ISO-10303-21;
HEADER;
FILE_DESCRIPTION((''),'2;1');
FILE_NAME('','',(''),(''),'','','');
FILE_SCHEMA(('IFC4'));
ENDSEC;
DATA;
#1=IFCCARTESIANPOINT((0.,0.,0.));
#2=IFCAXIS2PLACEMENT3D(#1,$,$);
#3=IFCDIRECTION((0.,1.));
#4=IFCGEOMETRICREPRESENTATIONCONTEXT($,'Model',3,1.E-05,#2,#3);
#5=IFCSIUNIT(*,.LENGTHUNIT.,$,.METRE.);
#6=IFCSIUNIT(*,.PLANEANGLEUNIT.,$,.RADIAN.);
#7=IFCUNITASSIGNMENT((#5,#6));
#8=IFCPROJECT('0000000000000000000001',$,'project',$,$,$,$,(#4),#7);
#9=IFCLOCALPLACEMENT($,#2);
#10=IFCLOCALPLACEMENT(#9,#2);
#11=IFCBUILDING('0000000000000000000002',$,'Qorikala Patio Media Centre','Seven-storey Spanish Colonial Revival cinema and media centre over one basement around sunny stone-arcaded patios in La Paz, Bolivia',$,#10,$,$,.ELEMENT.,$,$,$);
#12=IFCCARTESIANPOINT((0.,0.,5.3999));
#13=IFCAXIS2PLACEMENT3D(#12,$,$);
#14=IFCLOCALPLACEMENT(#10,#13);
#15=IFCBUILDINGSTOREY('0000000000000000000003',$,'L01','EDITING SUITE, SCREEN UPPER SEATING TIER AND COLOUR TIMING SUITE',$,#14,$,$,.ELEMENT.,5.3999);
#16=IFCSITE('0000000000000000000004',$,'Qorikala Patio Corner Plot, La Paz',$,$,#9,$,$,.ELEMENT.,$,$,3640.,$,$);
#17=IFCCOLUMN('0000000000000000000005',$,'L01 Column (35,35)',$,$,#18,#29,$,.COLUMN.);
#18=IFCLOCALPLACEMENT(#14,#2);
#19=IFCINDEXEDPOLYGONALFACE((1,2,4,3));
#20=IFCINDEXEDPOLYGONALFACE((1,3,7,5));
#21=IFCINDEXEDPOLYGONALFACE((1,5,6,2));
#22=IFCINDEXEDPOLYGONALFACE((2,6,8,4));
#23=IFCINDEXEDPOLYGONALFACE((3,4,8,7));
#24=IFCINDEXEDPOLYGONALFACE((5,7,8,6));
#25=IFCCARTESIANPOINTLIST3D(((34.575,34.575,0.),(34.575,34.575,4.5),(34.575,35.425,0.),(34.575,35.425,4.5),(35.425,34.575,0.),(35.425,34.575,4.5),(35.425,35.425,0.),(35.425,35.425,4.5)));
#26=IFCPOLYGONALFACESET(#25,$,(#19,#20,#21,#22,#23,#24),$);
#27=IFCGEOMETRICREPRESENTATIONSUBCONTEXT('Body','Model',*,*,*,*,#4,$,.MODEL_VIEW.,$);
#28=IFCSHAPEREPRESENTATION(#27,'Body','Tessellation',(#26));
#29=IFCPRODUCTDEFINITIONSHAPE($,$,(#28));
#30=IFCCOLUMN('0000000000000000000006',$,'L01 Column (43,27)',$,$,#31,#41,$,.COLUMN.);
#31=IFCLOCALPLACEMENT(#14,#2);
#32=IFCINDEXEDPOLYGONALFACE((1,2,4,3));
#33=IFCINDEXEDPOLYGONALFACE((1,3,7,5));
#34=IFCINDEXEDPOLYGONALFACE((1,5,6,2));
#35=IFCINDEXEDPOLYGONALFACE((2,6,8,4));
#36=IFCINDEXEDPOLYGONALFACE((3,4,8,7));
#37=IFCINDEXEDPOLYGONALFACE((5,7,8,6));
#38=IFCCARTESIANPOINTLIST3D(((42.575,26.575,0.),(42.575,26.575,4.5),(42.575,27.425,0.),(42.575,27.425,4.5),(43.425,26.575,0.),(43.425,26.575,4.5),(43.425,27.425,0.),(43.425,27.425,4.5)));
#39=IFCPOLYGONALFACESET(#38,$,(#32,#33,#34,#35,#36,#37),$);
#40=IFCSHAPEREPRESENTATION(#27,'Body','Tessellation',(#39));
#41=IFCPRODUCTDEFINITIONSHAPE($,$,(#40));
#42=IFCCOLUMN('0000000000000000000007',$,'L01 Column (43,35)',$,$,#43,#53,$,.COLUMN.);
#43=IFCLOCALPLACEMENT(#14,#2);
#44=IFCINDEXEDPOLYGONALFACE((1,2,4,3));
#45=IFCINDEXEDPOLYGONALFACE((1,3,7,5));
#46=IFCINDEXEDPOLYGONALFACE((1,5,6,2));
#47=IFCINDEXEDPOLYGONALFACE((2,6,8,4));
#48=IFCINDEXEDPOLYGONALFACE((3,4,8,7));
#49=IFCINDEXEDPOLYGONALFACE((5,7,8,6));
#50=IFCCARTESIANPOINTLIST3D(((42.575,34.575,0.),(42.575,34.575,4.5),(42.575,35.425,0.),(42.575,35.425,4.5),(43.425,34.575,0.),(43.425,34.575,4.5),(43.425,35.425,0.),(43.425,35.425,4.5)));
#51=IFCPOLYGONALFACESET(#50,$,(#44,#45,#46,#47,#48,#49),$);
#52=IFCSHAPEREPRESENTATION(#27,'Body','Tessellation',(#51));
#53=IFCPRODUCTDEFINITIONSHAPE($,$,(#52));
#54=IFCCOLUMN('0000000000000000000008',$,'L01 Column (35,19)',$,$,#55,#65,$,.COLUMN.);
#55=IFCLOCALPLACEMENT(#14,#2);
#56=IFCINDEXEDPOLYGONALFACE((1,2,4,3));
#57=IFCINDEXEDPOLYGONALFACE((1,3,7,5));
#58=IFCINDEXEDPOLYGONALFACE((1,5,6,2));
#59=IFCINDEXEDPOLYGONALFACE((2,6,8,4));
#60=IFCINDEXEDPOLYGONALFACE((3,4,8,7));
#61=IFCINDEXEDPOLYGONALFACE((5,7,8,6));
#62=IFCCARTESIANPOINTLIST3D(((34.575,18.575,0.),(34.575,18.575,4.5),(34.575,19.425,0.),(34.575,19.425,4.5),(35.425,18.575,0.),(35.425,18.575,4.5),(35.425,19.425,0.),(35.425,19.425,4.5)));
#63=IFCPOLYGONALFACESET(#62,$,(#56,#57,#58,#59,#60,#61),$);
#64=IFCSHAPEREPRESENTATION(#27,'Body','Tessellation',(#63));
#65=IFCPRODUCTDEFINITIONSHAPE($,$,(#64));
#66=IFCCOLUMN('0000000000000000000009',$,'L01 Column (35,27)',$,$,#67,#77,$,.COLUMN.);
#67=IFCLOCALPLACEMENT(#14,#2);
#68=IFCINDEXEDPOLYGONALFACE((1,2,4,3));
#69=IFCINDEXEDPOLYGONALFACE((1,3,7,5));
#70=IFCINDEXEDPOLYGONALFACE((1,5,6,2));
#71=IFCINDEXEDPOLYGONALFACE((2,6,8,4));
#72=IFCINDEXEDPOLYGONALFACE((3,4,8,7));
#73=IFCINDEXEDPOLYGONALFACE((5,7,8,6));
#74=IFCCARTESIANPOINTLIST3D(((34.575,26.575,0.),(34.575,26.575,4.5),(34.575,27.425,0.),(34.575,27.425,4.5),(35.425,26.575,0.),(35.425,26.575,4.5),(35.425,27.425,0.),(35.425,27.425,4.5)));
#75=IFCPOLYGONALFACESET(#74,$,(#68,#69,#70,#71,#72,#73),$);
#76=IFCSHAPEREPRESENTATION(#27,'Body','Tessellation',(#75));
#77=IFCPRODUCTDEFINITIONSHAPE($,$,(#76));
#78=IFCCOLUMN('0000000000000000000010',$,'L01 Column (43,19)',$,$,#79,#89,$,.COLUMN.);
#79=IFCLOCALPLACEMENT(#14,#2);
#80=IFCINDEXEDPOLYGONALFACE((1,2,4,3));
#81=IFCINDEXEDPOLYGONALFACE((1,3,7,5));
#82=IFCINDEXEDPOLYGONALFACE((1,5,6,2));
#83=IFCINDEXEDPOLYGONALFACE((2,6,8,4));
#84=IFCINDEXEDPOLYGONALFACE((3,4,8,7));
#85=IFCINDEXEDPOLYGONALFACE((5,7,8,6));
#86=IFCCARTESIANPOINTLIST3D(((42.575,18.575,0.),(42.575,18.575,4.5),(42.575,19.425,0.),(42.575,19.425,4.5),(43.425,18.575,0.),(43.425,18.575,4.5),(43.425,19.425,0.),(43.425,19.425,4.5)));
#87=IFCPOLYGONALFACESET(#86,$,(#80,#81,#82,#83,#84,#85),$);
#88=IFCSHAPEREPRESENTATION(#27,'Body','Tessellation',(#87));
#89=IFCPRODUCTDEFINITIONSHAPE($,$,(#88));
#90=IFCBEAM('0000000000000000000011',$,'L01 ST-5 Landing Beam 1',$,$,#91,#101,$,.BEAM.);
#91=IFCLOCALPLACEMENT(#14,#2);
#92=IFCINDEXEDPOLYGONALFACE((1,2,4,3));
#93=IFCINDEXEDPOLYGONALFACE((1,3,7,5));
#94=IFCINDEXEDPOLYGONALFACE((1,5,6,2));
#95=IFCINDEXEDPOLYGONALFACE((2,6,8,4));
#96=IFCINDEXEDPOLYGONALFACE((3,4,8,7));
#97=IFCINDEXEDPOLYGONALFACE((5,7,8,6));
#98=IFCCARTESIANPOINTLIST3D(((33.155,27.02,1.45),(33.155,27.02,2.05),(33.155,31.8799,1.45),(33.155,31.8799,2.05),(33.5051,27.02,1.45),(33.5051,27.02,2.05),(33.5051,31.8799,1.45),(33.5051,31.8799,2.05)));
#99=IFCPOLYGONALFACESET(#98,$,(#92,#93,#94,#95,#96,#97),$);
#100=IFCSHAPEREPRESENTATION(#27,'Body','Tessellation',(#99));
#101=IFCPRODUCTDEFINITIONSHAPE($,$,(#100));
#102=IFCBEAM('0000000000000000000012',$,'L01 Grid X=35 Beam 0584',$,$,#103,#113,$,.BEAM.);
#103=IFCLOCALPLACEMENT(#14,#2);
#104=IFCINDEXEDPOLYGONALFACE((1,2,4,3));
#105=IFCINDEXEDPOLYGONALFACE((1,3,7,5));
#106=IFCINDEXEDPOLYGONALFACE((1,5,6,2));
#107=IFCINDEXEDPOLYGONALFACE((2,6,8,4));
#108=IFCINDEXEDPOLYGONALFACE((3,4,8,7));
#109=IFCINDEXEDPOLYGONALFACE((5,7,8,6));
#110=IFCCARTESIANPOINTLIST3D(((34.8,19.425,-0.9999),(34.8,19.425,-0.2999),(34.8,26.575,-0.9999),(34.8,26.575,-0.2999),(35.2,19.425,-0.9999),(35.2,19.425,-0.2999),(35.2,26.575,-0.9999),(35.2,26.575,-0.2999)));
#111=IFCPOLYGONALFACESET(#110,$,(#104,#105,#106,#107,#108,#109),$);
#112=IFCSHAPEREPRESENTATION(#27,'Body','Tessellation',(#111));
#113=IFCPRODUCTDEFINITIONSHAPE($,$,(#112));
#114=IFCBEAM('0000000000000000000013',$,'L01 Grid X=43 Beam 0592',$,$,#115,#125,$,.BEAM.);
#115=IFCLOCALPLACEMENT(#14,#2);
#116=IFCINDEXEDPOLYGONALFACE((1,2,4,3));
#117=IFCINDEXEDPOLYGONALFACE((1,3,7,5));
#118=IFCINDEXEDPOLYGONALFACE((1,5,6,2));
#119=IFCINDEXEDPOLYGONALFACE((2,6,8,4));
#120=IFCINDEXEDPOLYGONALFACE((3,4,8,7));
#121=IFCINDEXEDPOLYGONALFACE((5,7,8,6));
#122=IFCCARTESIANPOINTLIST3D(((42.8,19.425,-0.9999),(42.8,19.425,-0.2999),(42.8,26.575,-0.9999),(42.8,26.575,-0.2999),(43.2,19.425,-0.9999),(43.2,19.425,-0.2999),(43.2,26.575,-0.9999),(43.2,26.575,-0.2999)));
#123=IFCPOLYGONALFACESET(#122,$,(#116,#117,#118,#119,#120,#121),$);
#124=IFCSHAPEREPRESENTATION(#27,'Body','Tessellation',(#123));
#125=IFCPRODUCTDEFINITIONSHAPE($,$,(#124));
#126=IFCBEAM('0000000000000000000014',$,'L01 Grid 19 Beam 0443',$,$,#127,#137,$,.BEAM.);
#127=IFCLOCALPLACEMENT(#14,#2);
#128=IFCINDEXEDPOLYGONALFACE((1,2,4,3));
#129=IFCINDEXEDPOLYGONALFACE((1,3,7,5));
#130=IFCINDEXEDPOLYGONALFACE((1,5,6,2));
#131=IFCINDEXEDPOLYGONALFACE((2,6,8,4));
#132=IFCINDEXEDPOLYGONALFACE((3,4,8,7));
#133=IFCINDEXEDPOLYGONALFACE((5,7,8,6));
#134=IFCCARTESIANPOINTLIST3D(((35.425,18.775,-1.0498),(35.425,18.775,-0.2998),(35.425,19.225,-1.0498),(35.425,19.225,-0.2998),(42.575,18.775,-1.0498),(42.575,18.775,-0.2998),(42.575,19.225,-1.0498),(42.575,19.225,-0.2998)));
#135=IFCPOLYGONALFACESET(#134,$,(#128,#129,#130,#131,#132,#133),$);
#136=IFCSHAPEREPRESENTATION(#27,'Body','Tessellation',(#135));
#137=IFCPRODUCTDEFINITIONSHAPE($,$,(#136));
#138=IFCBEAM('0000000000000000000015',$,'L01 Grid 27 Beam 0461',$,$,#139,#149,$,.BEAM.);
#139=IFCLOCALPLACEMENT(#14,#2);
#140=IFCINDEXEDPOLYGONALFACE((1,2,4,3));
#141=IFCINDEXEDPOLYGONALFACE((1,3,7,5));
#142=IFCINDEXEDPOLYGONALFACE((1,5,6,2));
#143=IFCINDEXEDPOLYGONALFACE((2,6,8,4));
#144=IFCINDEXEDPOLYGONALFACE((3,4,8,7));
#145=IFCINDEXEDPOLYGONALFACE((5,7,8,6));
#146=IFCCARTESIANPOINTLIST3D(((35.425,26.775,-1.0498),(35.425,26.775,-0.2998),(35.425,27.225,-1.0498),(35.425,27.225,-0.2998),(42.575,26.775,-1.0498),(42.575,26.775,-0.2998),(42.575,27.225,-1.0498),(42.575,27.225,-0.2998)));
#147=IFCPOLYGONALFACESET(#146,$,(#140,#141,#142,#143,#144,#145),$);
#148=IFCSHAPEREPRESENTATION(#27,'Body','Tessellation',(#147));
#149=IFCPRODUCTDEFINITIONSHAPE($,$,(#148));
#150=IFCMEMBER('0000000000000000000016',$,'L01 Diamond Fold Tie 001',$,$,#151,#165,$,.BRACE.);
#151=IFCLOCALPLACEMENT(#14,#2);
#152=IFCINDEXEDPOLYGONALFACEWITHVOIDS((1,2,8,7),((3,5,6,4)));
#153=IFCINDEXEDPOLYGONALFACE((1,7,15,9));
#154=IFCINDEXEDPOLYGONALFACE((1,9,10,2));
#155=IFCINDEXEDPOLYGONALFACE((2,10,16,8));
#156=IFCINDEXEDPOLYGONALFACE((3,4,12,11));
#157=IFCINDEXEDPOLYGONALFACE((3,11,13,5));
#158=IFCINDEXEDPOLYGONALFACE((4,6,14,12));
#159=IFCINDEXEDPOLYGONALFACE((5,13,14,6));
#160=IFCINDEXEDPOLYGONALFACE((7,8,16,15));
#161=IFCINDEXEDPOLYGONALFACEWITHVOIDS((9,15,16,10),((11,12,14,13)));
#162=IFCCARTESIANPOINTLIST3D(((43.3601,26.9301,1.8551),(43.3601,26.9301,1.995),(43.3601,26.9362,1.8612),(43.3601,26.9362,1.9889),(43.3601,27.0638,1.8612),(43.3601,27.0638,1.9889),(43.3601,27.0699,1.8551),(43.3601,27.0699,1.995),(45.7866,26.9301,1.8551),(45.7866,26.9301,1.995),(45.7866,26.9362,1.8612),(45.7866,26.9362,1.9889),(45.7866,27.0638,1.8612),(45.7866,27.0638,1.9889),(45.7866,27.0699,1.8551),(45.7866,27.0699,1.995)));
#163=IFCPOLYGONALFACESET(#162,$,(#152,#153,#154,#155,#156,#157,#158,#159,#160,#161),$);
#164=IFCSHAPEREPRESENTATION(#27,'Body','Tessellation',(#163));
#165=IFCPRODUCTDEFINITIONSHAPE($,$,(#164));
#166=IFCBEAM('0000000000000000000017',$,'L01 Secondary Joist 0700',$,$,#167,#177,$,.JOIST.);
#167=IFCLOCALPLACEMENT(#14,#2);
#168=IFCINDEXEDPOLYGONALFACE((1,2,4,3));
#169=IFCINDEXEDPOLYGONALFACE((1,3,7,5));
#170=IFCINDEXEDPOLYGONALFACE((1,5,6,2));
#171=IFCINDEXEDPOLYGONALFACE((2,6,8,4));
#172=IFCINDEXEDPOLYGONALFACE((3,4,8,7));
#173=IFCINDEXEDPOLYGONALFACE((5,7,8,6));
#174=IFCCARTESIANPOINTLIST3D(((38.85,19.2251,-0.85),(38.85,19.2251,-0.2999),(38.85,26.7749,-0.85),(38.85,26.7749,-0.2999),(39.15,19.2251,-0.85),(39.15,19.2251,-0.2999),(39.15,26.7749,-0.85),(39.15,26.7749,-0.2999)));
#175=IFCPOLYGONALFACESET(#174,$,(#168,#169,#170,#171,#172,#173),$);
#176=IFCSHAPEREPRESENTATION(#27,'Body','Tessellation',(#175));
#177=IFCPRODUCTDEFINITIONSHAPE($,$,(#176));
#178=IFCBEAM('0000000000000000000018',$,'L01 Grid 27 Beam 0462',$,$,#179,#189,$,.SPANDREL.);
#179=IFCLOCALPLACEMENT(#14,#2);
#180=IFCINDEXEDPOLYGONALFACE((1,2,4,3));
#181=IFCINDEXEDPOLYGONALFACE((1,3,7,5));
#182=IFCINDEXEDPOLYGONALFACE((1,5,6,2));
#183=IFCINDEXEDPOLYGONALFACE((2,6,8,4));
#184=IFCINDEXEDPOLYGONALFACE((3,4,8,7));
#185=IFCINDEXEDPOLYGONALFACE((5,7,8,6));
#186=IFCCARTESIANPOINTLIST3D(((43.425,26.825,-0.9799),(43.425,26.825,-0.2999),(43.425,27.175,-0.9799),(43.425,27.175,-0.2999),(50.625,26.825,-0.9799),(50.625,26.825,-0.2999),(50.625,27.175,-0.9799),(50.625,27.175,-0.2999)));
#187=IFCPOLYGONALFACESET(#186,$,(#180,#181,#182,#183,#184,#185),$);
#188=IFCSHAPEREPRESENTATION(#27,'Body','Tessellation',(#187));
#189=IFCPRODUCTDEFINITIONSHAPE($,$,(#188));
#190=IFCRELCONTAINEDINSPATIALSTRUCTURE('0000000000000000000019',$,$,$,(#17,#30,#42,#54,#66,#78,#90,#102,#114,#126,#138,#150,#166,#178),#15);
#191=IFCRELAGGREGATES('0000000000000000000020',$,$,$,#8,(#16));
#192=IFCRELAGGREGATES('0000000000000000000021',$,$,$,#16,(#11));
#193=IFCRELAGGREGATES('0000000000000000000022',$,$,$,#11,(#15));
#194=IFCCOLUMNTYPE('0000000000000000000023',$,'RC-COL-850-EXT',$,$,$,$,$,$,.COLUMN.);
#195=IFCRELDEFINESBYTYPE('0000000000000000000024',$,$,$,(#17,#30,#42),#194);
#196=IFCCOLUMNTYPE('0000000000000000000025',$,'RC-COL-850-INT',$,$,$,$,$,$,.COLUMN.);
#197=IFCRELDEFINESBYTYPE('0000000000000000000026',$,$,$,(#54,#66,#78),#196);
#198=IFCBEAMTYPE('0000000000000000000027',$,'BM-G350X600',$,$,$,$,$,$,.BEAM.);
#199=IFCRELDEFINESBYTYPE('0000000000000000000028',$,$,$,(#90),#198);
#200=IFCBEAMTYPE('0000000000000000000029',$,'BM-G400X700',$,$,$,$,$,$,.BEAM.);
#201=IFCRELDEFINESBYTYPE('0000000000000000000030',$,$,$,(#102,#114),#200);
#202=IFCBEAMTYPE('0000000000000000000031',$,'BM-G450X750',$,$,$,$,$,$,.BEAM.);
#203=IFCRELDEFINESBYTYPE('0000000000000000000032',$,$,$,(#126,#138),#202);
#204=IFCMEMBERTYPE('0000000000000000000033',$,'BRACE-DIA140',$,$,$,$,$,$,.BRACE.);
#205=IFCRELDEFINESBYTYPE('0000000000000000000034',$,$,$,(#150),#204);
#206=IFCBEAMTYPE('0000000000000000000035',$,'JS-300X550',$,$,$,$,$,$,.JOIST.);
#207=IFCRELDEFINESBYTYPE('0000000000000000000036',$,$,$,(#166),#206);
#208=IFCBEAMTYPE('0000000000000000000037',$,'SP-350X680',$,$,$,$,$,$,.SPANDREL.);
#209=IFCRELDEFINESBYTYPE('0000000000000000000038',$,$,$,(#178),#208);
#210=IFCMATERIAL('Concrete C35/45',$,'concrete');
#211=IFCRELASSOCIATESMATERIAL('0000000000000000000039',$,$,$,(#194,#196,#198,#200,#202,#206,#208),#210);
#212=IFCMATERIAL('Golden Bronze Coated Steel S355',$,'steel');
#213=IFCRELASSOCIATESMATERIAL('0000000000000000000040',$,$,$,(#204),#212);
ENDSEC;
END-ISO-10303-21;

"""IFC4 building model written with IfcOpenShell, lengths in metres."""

from ifc_helpers import new_model, si_unit, direction, frame, origin, origin_2d, place, context, subcontext, project, spatial, rectangle, hollow_rectangle, extrude, material, material_profile, profile_set, type_object, element, save


model = new_model("IFC4")

# Units and contexts
model_context = context("Model", 3, precision=1e-05, world=origin(), true_north=direction((0.0, 1.0)))
body_context = subcontext(model_context, "Body", "Model", "MODEL_VIEW")
ifc_project = project(units=[si_unit("LENGTHUNIT", "METRE"), si_unit("PLANEANGLEUNIT", "RADIAN")], contexts=[model_context])

# Site, building, storey
site_placement = place(None, origin())
site = spatial("IfcSite", under=ifc_project, at=site_placement, Name="Qorikala Patio Corner Plot, La Paz", CompositionType="ELEMENT", RefElevation=3640.0)
building_placement = place(site_placement, origin())
building = spatial("IfcBuilding", under=site, at=building_placement, Name="Qorikala Patio Media Centre", Description="Seven-storey Spanish Colonial Revival cinema and media centre over one basement around sunny stone-arcaded patios in La Paz, Bolivia", CompositionType="ELEMENT")
storey_placement = place(building_placement, frame((0.0, 0.0, 5.3999)))
storey = spatial("IfcBuildingStorey", under=building, at=storey_placement, Name="L01", Description="EDITING SUITE, SCREEN UPPER SEATING TIER AND COLOUR TIMING SUITE", CompositionType="ELEMENT", Elevation=5.3999)

# Columns
ifc_material_1 = material(Name="Concrete C35/45", Category="concrete")
ifc_material_profile_1 = material_profile(ifc_material_1, rectangle(XDim=0.8501, YDim=0.8501, at=origin_2d()), Name="RC 850x850")
ifc_profile_set_1 = profile_set([ifc_material_profile_1], Name="Concrete C35/45")
column_type_1 = type_object("IfcColumnType", Name="RC-COL-850-EXT", PredefinedType="COLUMN", material=ifc_profile_set_1)
for number, where, z_axis, x_axis, name in (
    (1, (35.0, 35.0, 0.0), (0.0, 0.0, 1.0), (1.0, 0.0, 0.0), "L01 Column (35,35)"),
    (2, (43.0, 27.0, 0.0), (0.0, 0.0, 1.0), (1.0, 0.0, 0.0), "L01 Column (43,27)"),
    (3, (43.0, 35.0, 0.0), (0.0, 0.0, 1.0), (1.0, 0.0, 0.0), "L01 Column (43,35)"),
):
    element("IfcColumn", number, at=place(storey_placement, frame(where, z_axis=z_axis, x_axis=x_axis)), inside=storey, type_object=column_type_1, Name=name, PredefinedType="COLUMN", context=body_context, shape_type="SweptSolid", body=[
        extrude(rectangle(XDim=0.8501, YDim=0.8501, at=origin_2d()), origin(), (0.0, 0.0, 1.0), 4.5),
    ])
ifc_material_profile_2 = material_profile(ifc_material_1, rectangle(XDim=0.8501, YDim=0.8501, at=origin_2d()), Name="RC 850x850")
ifc_profile_set_2 = profile_set([ifc_material_profile_2], Name="Concrete C35/45")
column_type_2 = type_object("IfcColumnType", Name="RC-COL-850-INT", PredefinedType="COLUMN", material=ifc_profile_set_2)
for number, where, z_axis, x_axis, name in (
    (4, (35.0, 19.0, 0.0), (0.0, 0.0, 1.0), (1.0, 0.0, 0.0), "L01 Column (35,19)"),
    (5, (35.0, 27.0, 0.0), (0.0, 0.0, 1.0), (1.0, 0.0, 0.0), "L01 Column (35,27)"),
    (6, (43.0, 19.0, 0.0), (0.0, 0.0, 1.0), (1.0, 0.0, 0.0), "L01 Column (43,19)"),
):
    element("IfcColumn", number, at=place(storey_placement, frame(where, z_axis=z_axis, x_axis=x_axis)), inside=storey, type_object=column_type_2, Name=name, PredefinedType="COLUMN", context=body_context, shape_type="SweptSolid", body=[
        extrude(rectangle(XDim=0.8501, YDim=0.8501, at=origin_2d()), origin(), (0.0, 0.0, 1.0), 4.5),
    ])

# Beams
ifc_material_profile_3 = material_profile(ifc_material_1, rectangle(XDim=0.3501, YDim=0.6001, at=origin_2d()), Name="RC 350x600")
ifc_profile_set_3 = profile_set([ifc_material_profile_3], Name="Concrete C35/45")
beam_type_1 = type_object("IfcBeamType", Name="BM-G350X600", PredefinedType="BEAM", material=ifc_profile_set_3)
beam_1_placement = place(storey_placement, frame((33.3301, 27.02, 1.75), z_axis=(0.0, 1.0, 0.0), x_axis=(-1.0, 0.0, 0.0)))
element("IfcBeam", 7, at=beam_1_placement, inside=storey, type_object=beam_type_1, Name="L01 ST-5 Landing Beam 1", PredefinedType="BEAM", context=body_context, shape_type="SweptSolid", body=[
    extrude(rectangle(XDim=0.3501, YDim=0.6001, at=origin_2d()), origin(), (0.0, 0.0, 1.0), 4.8599),
])
ifc_material_profile_4 = material_profile(ifc_material_1, rectangle(XDim=0.3999, YDim=0.7, at=origin_2d()), Name="RC 400x700")
ifc_profile_set_4 = profile_set([ifc_material_profile_4], Name="Concrete C35/45")
beam_type_2 = type_object("IfcBeamType", Name="BM-G400X700", PredefinedType="BEAM", material=ifc_profile_set_4)
for number, where, z_axis, x_axis, name in (
    (8, (35.0, 19.425, -0.6499), (0.0, 1.0, 0.0), (-1.0, 0.0, 0.0), "L01 Grid X=35 Beam 0584"),
    (9, (43.0, 19.425, -0.6499), (0.0, 1.0, 0.0), (-1.0, 0.0, 0.0), "L01 Grid X=43 Beam 0592"),
):
    element("IfcBeam", number, at=place(storey_placement, frame(where, z_axis=z_axis, x_axis=x_axis)), inside=storey, type_object=beam_type_2, Name=name, PredefinedType="BEAM", context=body_context, shape_type="SweptSolid", body=[
        extrude(rectangle(XDim=0.3999, YDim=0.7, at=origin_2d()), origin(), (0.0, 0.0, 1.0), 7.1499),
    ])
ifc_material_profile_5 = material_profile(ifc_material_1, rectangle(XDim=0.45, YDim=0.75, at=origin_2d()), Name="RC 450x750")
ifc_profile_set_5 = profile_set([ifc_material_profile_5], Name="Concrete C35/45")
beam_type_3 = type_object("IfcBeamType", Name="BM-G450X750", PredefinedType="BEAM", material=ifc_profile_set_5)
for number, where, z_axis, x_axis, name in (
    (10, (35.425, 19.0, -0.6748), (1.0, 0.0, 0.0), (0.0, 1.0, 0.0), "L01 Grid 19 Beam 0443"),
    (11, (35.425, 27.0, -0.6748), (1.0, 0.0, 0.0), (0.0, 1.0, 0.0), "L01 Grid 27 Beam 0461"),
):
    element("IfcBeam", number, at=place(storey_placement, frame(where, z_axis=z_axis, x_axis=x_axis)), inside=storey, type_object=beam_type_3, Name=name, PredefinedType="BEAM", context=body_context, shape_type="SweptSolid", body=[
        extrude(rectangle(XDim=0.45, YDim=0.75, at=origin_2d()), origin(), (0.0, 0.0, 1.0), 7.1499),
    ])

# Member
ifc_material_2 = material(Name="Golden Bronze Coated Steel S355", Category="steel")
ifc_material_profile_6 = material_profile(ifc_material_2, hollow_rectangle(XDim=0.1399, YDim=0.1399, WallThickness=0.0061, at=origin_2d()), Name="HSS140X140X6")
ifc_profile_set_6 = profile_set([ifc_material_profile_6], Name="Golden Bronze Coated Steel S355")
member_type_1 = type_object("IfcMemberType", Name="BRACE-DIA140", PredefinedType="BRACE", material=ifc_profile_set_6)
member_1_placement = place(storey_placement, frame((43.3601, 27.0, 1.925), z_axis=(1.0, 0.0, 0.0), x_axis=(0.0, 1.0, 0.0)))
element("IfcMember", 12, at=member_1_placement, inside=storey, type_object=member_type_1, Name="L01 Diamond Fold Tie 001", PredefinedType="BRACE", context=body_context, shape_type="SweptSolid", body=[
    extrude(hollow_rectangle(XDim=0.1399, YDim=0.1399, WallThickness=0.0061, at=origin_2d()), origin(), (0.0, 0.0, 1.0), 2.4265),
])

# Beams
ifc_material_profile_7 = material_profile(ifc_material_1, rectangle(XDim=0.3, YDim=0.55, at=origin_2d()), Name="RC 300x550")
ifc_profile_set_7 = profile_set([ifc_material_profile_7], Name="Concrete C35/45")
beam_type_4 = type_object("IfcBeamType", Name="JS-300X550", PredefinedType="JOIST", material=ifc_profile_set_7)
beam_2_placement = place(storey_placement, frame((39.0, 19.2251, -0.575), z_axis=(0.0, 1.0, 0.0), x_axis=(-1.0, 0.0, 0.0)))
element("IfcBeam", 13, at=beam_2_placement, inside=storey, type_object=beam_type_4, Name="L01 Secondary Joist 0700", PredefinedType="JOIST", context=body_context, shape_type="SweptSolid", body=[
    extrude(rectangle(XDim=0.3, YDim=0.55, at=origin_2d()), origin(), (0.0, 0.0, 1.0), 7.5498),
])
ifc_material_profile_8 = material_profile(ifc_material_1, rectangle(XDim=0.3501, YDim=0.6799, at=origin_2d()), Name="RC 350x680")
ifc_profile_set_8 = profile_set([ifc_material_profile_8], Name="Concrete C35/45")
beam_type_5 = type_object("IfcBeamType", Name="SP-350X680", PredefinedType="SPANDREL", material=ifc_profile_set_8)
beam_3_placement = place(storey_placement, frame((43.425, 27.0, -0.6399), z_axis=(1.0, 0.0, 0.0), x_axis=(0.0, 1.0, 0.0)))
element("IfcBeam", 14, at=beam_3_placement, inside=storey, type_object=beam_type_5, Name="L01 Grid 27 Beam 0462", PredefinedType="SPANDREL", context=body_context, shape_type="SweptSolid", body=[
    extrude(rectangle(XDim=0.3501, YDim=0.6799, at=origin_2d()), origin(), (0.0, 0.0, 1.0), 7.2),
])

save(model, "model.ifc")
